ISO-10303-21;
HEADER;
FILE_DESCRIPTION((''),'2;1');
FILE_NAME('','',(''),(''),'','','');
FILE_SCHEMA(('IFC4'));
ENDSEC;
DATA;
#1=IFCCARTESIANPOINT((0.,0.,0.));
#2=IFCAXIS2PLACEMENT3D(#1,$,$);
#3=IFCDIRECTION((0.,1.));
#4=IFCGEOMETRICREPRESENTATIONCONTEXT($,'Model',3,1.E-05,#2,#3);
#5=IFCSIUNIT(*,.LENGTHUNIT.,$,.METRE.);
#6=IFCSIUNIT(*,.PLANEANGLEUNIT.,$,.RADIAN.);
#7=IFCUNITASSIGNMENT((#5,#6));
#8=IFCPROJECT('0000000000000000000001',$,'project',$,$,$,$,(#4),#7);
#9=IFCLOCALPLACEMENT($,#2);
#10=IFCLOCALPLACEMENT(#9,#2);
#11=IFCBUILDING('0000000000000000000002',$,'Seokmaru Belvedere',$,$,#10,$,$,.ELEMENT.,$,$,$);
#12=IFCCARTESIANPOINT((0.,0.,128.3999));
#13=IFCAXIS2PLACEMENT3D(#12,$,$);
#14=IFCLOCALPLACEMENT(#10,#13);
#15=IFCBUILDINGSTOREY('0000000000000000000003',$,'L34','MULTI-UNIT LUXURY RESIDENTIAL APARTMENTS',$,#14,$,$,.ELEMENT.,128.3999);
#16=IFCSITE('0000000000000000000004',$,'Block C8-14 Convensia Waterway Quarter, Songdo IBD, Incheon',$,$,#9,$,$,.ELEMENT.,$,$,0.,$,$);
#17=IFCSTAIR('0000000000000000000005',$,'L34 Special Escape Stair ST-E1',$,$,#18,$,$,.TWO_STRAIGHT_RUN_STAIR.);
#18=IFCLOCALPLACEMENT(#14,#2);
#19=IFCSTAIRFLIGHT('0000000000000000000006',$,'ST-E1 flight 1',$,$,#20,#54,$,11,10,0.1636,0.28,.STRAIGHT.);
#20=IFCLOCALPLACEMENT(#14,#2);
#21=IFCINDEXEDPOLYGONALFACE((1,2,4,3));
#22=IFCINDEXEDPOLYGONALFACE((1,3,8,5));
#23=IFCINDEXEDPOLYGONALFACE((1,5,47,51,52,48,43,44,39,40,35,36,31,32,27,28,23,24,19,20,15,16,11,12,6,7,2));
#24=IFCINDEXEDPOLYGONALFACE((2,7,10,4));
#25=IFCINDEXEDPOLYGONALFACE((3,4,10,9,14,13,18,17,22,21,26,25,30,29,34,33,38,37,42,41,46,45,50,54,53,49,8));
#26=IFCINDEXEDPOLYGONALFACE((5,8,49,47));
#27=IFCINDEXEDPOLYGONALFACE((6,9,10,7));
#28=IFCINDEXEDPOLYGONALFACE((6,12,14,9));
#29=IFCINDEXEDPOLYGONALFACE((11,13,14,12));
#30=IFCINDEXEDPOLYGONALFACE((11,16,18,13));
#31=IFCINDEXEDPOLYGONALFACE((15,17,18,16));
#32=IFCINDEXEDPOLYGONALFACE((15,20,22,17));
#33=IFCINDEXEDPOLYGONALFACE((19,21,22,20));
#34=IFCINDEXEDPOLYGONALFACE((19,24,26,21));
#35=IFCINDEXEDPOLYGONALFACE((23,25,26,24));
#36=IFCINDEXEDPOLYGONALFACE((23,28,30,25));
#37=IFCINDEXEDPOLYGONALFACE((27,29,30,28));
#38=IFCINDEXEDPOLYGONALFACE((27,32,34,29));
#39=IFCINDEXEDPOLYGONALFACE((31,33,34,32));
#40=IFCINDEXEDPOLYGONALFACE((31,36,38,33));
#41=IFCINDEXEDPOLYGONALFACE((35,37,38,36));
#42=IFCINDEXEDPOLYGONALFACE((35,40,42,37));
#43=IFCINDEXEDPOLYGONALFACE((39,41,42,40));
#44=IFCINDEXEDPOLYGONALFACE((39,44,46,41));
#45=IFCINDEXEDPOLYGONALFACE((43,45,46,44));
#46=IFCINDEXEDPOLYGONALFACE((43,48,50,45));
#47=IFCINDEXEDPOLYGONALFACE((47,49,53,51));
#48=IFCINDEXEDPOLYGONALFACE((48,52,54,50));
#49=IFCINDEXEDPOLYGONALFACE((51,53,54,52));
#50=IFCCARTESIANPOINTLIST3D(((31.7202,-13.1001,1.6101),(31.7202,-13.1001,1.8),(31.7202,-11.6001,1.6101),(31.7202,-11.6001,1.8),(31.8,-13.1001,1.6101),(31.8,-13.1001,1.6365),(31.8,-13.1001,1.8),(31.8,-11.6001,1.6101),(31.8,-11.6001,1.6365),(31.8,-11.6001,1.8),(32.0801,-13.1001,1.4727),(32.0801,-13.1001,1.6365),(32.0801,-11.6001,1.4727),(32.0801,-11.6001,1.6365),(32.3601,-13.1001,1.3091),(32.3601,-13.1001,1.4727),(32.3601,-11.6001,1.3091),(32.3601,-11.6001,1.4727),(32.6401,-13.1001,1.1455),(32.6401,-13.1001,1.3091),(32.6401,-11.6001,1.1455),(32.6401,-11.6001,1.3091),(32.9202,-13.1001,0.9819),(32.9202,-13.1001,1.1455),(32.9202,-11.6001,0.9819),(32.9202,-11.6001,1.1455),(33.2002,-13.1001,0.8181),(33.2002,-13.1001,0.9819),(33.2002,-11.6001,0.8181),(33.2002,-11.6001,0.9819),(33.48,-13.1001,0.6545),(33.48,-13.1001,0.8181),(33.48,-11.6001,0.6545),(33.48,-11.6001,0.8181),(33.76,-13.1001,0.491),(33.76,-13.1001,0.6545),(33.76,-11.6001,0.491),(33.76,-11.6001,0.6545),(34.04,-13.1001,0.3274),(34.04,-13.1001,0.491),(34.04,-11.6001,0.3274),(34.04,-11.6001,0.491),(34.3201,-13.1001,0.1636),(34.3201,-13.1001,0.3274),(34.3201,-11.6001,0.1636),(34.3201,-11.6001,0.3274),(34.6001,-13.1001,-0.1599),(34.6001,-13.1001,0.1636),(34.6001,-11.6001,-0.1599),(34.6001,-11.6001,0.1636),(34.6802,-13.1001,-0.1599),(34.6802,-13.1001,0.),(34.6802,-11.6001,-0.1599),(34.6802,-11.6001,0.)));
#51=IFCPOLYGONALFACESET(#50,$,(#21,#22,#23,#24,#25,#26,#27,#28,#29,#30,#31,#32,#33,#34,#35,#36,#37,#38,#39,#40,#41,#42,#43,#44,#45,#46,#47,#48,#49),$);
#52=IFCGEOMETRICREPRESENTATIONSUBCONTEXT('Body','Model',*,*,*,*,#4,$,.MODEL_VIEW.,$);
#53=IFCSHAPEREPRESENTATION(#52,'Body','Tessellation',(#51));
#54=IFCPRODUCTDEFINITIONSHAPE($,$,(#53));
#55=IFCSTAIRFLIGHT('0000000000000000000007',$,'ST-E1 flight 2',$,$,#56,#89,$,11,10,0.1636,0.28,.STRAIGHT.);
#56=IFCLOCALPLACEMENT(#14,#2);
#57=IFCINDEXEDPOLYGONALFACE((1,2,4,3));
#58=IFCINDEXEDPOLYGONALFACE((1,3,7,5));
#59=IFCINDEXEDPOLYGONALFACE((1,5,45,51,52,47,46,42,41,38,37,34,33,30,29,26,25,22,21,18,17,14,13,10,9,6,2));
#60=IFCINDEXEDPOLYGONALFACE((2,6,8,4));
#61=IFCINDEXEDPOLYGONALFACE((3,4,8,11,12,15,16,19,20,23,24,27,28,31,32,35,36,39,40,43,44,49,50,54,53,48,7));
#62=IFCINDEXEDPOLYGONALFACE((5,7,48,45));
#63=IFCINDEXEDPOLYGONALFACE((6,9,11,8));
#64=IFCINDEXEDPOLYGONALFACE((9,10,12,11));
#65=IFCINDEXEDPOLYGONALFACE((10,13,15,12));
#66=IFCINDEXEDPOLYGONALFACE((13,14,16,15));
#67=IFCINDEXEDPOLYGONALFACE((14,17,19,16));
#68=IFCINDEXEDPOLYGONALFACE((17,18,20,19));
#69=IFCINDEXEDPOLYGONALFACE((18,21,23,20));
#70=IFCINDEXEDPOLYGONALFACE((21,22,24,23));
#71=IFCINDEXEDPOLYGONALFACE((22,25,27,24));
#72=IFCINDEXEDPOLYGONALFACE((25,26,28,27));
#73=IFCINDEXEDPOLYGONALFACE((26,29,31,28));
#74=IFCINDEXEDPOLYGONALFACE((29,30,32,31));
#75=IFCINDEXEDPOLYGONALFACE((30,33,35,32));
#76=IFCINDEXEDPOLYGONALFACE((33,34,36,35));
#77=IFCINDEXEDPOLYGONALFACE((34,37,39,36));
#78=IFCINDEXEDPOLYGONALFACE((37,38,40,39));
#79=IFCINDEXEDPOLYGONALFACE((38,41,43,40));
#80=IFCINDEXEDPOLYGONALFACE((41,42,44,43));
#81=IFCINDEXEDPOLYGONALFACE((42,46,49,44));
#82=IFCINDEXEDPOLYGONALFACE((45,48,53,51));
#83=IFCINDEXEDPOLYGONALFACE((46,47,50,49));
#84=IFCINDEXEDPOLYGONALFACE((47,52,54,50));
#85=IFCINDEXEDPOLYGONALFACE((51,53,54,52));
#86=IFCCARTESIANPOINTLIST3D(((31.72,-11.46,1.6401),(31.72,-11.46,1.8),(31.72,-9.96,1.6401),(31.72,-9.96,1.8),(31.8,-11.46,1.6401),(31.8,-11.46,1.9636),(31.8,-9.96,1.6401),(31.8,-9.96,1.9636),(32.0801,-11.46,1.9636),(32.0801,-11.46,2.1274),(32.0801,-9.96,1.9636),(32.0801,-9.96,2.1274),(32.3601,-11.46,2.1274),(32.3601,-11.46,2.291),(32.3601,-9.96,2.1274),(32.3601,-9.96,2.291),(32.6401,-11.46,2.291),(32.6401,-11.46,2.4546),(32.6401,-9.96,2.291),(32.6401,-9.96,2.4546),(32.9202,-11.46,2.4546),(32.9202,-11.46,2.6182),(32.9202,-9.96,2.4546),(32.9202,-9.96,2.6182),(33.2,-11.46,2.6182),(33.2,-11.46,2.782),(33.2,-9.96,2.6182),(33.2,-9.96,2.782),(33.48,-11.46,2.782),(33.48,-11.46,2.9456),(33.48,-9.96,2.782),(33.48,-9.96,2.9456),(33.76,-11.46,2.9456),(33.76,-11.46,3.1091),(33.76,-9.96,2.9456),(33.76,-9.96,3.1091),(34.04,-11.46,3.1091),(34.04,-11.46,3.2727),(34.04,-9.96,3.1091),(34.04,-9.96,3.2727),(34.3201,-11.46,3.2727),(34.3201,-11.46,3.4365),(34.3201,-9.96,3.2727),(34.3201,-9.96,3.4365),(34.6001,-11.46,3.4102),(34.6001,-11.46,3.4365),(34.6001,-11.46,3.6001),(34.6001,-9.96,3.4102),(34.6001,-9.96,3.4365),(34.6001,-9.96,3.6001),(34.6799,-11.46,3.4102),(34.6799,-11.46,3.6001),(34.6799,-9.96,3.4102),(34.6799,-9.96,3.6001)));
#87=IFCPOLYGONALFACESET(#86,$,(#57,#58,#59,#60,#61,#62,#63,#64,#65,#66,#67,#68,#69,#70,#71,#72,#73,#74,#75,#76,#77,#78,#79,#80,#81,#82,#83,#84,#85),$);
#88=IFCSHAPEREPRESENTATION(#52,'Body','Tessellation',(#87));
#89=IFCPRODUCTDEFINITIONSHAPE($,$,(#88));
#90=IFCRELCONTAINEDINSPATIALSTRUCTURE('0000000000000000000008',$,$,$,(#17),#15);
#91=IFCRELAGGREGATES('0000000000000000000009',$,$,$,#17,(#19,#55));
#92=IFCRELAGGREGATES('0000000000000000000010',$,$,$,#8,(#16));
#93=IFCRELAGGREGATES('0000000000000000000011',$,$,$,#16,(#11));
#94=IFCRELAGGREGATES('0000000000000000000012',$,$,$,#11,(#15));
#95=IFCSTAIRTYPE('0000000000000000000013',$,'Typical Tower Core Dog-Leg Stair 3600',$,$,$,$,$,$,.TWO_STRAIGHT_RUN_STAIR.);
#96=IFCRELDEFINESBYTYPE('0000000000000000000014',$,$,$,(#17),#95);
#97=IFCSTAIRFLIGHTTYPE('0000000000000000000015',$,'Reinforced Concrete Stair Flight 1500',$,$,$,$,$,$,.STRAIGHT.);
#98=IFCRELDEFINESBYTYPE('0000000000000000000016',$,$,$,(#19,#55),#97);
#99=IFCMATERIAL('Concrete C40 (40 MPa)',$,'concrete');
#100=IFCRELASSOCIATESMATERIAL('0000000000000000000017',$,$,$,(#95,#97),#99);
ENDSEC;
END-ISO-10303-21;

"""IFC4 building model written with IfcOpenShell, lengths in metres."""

from ifc_helpers import new_model, si_unit, direction, frame, origin, place, context, subcontext, project, spatial, polyline, outline, extrude, material, type_object, element, aggregate, save


model = new_model("IFC4")

# Units and contexts
model_context = context("Model", 3, precision=1e-05, world=origin(), true_north=direction((0.0, 1.0)))
body_context = subcontext(model_context, "Body", "Model", "MODEL_VIEW")
ifc_project = project(units=[si_unit("LENGTHUNIT", "METRE"), si_unit("PLANEANGLEUNIT", "RADIAN")], contexts=[model_context])

# Site, building, storey
site_placement = place(None, origin())
site = spatial("IfcSite", under=ifc_project, at=site_placement, Name="Block C8-14 Convensia Waterway Quarter, Songdo IBD, Incheon", CompositionType="ELEMENT", RefElevation=0.0)
building_placement = place(site_placement, origin())
building = spatial("IfcBuilding", under=site, at=building_placement, Name="Seokmaru Belvedere", CompositionType="ELEMENT")
storey_placement = place(building_placement, frame((0.0, 0.0, 128.3999)))
storey = spatial("IfcBuildingStorey", under=building, at=storey_placement, Name="L34", Description="MULTI-UNIT LUXURY RESIDENTIAL APARTMENTS", CompositionType="ELEMENT", Elevation=128.3999)

# Stair, stair flights
ifc_material_1 = material(Name="Concrete C40 (40 MPa)", Category="concrete")
stair_type = type_object("IfcStairType", Name="Typical Tower Core Dog-Leg Stair 3600", PredefinedType="TWO_STRAIGHT_RUN_STAIR", material=ifc_material_1)
stair_placement = place(storey_placement, origin())
stair = element("IfcStair", 1, at=stair_placement, inside=storey, type_object=stair_type, Name="L34 Special Escape Stair ST-E1", PredefinedType="TWO_STRAIGHT_RUN_STAIR")
stair_flight_type = type_object("IfcStairFlightType", Name="Reinforced Concrete Stair Flight 1500", PredefinedType="STRAIGHT", material=ifc_material_1)
stair_flight_1_placement = place(storey_placement, frame((34.6001, -12.3501, 0.0), z_axis=(0.0, 0.0, 1.0), x_axis=(-1.0, 0.0, 0.0)))
stair_flight_1 = element("IfcStairFlight", 2, at=stair_flight_1_placement, type_object=stair_flight_type, Name="ST-E1 flight 1", NumberOfRisers=11, NumberOfTreads=10, PredefinedType="STRAIGHT", RiserHeight=0.1636, TreadLength=0.28, context=body_context, shape_type="SweptSolid", body=[
    extrude(outline(polyline([(-0.0801, 0.0), (0.0, 0.1636), (0.28, 0.1636), (0.28, 0.3274), (0.5601, 0.3274), (0.5601, 0.491), (0.8401, 0.491), (0.8401, 0.6545), (1.1201, 0.6545), (1.1201, 0.8181), (1.3999, 0.8181), (1.3999, 0.9819), (1.6799, 0.9819), (1.6799, 1.1455), (1.96, 1.1455), (1.96, 1.3091), (2.24, 1.3091), (2.24, 1.4727), (2.52, 1.4727), (2.52, 1.6365), (2.8, 1.6365), (2.8, 1.8), (2.8799, 1.8), (2.8799, 1.6101), (2.8, 1.6101), (0.0, -0.1599), (-0.0801, -0.1599), (-0.0801, 0.0)])), frame((0.0, 0.75, 0.0), z_axis=(0.0, -1.0, 0.0), x_axis=(1.0, 0.0, 0.0)), (0.0, 0.0, 1.0), 1.5),
])
stair_flight_2_placement = place(storey_placement, frame((31.8, -10.71, 1.8), z_axis=(0.0, 0.0, 1.0), x_axis=(1.0, 0.0, 0.0)))
stair_flight_2 = element("IfcStairFlight", 3, at=stair_flight_2_placement, type_object=stair_flight_type, Name="ST-E1 flight 2", NumberOfRisers=11, NumberOfTreads=10, PredefinedType="STRAIGHT", RiserHeight=0.1636, TreadLength=0.28, context=body_context, shape_type="SweptSolid", body=[
    extrude(outline(polyline([(-0.0801, 0.0), (0.0, 0.1636), (0.28, 0.1636), (0.28, 0.3274), (0.5601, 0.3274), (0.5601, 0.491), (0.8401, 0.491), (0.8401, 0.6545), (1.1201, 0.6545), (1.1201, 0.8181), (1.3999, 0.8181), (1.3999, 0.9819), (1.6799, 0.9819), (1.6799, 1.1455), (1.96, 1.1455), (1.96, 1.3091), (2.24, 1.3091), (2.24, 1.4727), (2.52, 1.4727), (2.52, 1.6365), (2.8, 1.6365), (2.8, 1.8), (2.8799, 1.8), (2.8799, 1.6101), (2.8, 1.6101), (0.0, -0.1599), (-0.0801, -0.1599), (-0.0801, 0.0)])), frame((0.0, 0.75, 0.0), z_axis=(0.0, -1.0, 0.0), x_axis=(1.0, 0.0, 0.0)), (0.0, 0.0, 1.0), 1.5),
])
aggregate(stair, [stair_flight_1, stair_flight_2])

save(model, "model.ifc")
